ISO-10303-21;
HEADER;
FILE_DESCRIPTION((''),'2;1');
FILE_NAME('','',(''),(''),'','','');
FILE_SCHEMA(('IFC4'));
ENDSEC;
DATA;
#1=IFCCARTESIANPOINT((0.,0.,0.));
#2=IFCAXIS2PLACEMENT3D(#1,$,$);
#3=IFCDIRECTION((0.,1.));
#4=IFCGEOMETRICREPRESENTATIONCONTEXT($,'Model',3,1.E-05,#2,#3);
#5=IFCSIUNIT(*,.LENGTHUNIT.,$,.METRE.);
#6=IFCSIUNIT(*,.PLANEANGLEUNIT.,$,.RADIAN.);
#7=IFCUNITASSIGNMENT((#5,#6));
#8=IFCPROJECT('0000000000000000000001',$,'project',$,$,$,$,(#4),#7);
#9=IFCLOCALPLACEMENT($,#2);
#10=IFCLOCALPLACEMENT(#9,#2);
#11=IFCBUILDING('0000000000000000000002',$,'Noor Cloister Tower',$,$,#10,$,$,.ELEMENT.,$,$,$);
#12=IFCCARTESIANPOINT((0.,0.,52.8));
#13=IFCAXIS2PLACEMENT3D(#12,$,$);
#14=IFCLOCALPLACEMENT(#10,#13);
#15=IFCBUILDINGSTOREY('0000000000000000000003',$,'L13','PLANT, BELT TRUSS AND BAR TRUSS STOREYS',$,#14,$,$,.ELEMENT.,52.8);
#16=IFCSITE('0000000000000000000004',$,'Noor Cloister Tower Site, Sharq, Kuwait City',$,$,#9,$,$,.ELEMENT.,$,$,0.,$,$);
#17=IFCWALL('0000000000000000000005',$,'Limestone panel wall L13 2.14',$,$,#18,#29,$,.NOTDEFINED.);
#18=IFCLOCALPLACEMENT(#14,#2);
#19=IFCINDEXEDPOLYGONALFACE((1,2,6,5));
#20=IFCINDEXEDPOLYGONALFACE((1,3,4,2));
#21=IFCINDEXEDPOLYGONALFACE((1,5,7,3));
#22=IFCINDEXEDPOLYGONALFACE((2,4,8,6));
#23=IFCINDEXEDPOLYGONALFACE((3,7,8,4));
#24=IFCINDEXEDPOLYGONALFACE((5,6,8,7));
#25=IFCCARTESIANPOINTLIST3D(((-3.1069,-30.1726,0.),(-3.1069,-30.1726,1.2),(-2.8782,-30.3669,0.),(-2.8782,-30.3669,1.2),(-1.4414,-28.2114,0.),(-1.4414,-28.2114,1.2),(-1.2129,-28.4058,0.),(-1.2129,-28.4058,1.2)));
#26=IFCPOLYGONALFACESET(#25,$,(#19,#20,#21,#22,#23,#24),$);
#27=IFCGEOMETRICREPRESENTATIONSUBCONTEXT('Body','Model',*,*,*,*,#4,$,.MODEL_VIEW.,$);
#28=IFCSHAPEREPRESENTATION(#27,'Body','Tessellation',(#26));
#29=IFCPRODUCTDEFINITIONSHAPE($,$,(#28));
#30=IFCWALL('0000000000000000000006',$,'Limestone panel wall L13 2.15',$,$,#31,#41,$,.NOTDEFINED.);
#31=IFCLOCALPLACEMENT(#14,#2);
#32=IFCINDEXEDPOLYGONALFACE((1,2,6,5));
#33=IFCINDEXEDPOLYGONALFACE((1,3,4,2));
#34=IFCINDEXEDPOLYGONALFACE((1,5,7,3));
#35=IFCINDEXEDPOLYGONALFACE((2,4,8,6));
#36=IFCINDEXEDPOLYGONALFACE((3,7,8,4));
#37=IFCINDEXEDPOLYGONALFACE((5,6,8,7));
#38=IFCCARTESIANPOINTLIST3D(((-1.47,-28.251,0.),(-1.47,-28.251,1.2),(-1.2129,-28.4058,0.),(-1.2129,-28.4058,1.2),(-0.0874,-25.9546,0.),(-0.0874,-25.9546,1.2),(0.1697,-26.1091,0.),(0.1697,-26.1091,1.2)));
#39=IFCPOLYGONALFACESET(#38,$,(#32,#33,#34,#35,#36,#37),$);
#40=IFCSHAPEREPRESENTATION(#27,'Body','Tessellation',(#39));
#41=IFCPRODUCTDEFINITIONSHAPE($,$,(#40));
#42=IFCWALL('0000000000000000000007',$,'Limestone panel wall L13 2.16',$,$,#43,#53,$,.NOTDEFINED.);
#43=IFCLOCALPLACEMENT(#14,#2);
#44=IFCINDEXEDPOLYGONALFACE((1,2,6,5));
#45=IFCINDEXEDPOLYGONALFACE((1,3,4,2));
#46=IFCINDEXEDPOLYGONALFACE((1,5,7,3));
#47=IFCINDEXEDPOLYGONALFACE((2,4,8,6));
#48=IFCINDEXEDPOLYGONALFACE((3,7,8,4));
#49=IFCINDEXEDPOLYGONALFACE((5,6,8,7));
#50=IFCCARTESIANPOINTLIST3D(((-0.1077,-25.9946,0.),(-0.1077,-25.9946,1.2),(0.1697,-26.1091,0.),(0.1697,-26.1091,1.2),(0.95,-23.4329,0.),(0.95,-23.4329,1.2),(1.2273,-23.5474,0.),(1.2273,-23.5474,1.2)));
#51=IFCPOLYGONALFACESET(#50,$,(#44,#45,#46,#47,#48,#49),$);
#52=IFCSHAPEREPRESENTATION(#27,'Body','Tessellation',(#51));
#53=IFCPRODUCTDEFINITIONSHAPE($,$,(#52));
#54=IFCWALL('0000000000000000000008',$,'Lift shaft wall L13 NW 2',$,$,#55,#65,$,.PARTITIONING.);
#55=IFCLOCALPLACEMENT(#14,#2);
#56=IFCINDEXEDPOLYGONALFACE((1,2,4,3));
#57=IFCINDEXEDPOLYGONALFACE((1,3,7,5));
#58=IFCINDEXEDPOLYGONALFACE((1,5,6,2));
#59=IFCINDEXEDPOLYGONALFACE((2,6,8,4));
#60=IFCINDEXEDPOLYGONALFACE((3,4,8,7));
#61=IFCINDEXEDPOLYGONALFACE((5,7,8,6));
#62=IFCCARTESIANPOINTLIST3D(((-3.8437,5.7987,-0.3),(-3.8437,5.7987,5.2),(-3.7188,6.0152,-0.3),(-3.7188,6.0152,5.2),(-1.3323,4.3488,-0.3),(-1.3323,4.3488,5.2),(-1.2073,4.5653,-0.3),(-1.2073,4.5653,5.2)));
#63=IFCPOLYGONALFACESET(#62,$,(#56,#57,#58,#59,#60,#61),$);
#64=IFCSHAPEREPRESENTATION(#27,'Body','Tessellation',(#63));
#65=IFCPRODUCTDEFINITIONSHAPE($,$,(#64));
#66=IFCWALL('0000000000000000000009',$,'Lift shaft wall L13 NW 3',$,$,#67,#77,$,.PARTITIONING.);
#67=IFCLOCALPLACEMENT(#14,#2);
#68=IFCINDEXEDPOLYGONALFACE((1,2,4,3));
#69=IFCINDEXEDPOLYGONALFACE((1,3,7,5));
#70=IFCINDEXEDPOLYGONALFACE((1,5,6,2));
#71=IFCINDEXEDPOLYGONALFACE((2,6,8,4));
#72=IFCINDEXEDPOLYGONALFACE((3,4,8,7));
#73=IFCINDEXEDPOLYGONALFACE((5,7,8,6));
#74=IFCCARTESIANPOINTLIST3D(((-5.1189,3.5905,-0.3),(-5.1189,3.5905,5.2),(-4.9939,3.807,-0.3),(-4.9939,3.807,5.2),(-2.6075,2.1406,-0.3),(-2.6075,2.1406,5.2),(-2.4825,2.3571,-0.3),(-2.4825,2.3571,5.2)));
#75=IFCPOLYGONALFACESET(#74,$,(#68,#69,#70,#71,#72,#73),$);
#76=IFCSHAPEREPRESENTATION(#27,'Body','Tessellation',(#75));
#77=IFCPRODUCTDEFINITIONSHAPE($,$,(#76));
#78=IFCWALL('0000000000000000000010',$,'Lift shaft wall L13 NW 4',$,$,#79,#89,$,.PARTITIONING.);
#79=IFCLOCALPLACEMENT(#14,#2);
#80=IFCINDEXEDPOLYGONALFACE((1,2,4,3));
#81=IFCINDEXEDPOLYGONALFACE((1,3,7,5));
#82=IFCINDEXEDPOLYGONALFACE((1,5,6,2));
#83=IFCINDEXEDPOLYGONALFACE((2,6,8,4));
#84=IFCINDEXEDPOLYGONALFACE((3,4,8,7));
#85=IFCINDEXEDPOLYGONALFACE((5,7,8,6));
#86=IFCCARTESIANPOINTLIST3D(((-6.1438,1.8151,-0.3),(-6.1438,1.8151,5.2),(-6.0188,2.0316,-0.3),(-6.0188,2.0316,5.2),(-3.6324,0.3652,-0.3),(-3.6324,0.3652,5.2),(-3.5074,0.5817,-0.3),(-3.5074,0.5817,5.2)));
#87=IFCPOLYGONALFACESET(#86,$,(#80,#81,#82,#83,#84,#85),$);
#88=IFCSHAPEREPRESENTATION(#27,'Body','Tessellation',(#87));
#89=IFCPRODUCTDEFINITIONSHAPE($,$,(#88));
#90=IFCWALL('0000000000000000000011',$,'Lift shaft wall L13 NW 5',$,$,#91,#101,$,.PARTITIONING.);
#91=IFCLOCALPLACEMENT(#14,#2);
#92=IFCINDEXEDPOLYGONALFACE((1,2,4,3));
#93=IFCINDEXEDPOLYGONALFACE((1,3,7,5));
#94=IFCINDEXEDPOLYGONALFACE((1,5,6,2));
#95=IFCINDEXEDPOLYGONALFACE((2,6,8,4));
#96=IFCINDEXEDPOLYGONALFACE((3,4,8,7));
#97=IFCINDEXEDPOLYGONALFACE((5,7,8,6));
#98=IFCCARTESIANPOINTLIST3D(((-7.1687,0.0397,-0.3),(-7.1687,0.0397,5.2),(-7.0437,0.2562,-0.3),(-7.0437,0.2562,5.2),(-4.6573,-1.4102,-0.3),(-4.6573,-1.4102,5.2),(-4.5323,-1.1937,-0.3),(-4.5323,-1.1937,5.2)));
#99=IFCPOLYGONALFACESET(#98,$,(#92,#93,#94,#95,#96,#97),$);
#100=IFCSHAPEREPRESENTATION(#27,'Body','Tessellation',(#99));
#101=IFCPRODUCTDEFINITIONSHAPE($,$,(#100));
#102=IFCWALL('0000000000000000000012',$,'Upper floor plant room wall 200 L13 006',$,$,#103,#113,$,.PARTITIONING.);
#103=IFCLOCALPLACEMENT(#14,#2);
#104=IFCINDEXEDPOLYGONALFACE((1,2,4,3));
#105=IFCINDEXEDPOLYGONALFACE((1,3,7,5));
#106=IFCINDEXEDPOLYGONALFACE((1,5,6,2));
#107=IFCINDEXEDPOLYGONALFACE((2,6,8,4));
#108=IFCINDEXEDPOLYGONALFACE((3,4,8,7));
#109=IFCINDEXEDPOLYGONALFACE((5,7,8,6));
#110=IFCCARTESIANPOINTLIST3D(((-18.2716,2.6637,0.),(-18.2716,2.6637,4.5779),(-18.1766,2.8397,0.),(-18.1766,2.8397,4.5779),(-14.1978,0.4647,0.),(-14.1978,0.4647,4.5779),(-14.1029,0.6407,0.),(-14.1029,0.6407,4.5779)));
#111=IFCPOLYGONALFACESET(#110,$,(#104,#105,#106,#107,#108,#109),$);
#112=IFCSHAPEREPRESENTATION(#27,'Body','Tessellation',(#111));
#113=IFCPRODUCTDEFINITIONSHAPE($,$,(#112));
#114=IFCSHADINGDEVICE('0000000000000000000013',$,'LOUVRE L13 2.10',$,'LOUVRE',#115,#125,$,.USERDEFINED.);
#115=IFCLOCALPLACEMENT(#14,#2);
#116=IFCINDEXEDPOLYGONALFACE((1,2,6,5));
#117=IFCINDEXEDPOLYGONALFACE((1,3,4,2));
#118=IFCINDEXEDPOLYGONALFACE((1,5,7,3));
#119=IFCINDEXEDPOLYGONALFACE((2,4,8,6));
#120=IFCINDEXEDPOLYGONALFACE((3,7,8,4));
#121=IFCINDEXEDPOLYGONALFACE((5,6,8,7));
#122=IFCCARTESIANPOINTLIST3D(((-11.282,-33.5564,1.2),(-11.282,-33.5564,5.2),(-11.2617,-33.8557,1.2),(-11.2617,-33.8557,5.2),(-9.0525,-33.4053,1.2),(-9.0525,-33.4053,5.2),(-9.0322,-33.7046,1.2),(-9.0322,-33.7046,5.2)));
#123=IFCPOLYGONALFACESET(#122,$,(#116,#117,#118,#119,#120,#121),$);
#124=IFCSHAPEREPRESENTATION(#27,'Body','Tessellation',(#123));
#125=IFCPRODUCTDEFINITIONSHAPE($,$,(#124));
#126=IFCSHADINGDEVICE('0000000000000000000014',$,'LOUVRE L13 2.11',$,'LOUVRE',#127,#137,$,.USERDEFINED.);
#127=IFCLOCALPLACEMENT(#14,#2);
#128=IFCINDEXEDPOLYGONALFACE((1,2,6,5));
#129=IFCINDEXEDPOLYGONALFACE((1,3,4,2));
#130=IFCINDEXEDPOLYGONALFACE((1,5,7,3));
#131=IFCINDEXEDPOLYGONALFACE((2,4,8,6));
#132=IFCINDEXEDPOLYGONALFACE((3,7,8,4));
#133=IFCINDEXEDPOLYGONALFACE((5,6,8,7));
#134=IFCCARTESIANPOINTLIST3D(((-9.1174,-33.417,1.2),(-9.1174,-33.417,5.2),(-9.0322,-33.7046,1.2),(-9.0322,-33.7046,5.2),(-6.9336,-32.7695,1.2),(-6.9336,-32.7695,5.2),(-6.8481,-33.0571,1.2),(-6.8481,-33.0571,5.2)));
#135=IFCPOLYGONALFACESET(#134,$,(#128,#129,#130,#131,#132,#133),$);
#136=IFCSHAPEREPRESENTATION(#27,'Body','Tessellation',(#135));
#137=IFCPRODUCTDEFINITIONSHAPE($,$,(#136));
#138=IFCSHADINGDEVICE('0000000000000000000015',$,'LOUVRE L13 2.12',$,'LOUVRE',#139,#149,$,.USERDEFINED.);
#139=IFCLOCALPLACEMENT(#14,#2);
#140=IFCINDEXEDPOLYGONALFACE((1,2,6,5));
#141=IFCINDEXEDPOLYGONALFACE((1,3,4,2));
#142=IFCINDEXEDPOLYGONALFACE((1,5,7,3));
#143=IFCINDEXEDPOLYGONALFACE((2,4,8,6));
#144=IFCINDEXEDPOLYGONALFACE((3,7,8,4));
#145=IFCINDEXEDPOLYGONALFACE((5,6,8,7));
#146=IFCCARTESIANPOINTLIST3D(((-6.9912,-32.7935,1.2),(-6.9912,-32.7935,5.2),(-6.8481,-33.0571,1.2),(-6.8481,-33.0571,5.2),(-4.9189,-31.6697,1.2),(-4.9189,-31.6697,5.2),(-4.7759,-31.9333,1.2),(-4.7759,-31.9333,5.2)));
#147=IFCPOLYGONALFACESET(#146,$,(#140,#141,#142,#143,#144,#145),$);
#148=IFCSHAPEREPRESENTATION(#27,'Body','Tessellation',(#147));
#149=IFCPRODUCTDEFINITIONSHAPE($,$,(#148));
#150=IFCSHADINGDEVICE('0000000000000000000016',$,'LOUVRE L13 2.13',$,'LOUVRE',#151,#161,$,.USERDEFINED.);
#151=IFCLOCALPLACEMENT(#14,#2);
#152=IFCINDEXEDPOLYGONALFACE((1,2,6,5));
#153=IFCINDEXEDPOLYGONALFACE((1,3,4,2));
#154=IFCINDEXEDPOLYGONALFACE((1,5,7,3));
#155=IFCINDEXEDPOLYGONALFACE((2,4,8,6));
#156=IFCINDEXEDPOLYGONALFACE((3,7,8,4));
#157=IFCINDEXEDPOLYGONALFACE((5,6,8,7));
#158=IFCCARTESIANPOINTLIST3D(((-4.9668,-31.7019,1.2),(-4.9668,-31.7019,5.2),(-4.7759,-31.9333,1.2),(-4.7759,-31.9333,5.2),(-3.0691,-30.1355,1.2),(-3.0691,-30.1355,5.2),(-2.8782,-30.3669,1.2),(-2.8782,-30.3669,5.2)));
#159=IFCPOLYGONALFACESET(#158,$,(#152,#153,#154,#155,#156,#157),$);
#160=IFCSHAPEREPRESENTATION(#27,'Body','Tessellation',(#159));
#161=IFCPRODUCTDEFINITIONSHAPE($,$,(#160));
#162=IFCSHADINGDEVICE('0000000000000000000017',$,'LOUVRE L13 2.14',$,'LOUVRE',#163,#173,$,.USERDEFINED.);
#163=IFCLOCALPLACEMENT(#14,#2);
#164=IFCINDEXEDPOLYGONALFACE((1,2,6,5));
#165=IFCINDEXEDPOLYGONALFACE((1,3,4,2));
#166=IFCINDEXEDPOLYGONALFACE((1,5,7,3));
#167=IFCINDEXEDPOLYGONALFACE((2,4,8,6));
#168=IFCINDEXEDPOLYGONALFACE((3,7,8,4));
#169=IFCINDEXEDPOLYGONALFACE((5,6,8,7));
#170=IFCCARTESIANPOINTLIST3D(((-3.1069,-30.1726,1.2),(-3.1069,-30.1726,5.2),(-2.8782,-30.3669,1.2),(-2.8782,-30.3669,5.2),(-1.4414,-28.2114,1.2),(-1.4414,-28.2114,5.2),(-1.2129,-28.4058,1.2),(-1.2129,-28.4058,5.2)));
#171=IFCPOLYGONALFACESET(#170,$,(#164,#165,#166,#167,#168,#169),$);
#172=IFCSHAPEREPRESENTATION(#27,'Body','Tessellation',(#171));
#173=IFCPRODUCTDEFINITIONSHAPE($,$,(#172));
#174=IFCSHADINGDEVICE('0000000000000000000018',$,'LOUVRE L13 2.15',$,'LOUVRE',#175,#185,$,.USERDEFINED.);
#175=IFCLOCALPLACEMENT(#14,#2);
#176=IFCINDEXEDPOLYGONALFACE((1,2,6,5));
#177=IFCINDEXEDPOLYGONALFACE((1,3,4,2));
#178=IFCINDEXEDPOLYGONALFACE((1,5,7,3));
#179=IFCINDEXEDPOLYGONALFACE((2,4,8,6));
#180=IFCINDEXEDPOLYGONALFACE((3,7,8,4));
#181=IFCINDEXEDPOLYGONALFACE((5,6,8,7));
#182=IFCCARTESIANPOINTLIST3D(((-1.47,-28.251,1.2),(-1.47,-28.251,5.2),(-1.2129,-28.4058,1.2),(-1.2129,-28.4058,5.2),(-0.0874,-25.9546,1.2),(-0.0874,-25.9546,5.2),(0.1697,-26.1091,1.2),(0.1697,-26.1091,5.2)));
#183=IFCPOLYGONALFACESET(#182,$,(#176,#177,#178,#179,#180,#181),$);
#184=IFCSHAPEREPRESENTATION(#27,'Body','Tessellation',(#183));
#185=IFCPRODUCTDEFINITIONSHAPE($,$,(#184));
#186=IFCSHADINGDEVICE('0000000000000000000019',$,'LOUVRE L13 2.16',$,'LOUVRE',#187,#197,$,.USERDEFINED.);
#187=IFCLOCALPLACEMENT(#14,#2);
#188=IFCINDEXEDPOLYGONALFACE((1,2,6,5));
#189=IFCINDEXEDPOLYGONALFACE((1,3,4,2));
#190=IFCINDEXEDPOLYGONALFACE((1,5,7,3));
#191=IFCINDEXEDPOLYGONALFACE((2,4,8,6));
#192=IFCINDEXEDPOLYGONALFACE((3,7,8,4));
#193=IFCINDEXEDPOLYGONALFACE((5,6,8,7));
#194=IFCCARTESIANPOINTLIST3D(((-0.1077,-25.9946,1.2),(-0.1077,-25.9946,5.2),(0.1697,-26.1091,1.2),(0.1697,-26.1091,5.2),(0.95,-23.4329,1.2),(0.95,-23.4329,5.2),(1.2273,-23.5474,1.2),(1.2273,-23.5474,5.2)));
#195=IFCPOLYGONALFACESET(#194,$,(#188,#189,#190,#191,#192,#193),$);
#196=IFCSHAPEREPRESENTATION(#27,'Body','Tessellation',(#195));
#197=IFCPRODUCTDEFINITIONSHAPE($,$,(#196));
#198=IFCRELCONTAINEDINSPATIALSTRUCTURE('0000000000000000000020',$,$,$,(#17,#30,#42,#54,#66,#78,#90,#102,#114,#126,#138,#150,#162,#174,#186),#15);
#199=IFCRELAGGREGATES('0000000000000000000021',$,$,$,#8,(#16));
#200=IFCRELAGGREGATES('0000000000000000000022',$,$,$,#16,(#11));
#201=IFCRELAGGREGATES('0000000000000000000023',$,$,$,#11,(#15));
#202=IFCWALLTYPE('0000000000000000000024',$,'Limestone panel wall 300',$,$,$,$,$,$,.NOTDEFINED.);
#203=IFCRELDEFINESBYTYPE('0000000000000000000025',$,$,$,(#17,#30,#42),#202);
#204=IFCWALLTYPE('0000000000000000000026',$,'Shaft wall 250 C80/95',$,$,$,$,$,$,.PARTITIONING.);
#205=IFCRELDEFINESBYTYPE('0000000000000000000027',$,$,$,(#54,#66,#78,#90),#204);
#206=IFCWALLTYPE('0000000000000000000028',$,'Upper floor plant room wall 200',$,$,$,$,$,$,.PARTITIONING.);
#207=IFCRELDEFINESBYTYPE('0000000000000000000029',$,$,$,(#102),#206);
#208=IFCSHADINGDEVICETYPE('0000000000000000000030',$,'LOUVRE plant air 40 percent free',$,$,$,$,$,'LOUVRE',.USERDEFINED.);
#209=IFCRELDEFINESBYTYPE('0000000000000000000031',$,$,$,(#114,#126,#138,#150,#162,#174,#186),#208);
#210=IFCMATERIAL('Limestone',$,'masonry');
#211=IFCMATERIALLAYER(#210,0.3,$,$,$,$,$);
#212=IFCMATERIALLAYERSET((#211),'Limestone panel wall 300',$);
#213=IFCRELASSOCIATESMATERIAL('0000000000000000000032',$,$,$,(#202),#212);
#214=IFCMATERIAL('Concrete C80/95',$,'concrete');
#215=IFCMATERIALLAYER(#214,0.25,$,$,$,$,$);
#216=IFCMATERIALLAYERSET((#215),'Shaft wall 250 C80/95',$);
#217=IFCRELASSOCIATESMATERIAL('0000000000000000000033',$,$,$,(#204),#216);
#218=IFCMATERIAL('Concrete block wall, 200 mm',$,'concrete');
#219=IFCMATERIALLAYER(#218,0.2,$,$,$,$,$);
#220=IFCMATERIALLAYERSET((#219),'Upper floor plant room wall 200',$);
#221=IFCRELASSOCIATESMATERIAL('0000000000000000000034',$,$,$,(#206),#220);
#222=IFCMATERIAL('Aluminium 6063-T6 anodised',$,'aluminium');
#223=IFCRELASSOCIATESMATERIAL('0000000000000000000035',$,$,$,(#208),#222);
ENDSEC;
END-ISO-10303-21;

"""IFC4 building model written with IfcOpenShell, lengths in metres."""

from ifc_helpers import new_model, si_unit, direction, frame, frame_2d, origin, place, context, subcontext, project, spatial, polyline, rectangle, outline, extrude, material, layer, layer_set, type_object, element, save


model = new_model("IFC4")

# Units and contexts
model_context = context("Model", 3, precision=1e-05, world=origin(), true_north=direction((0.0, 1.0)))
body_context = subcontext(model_context, "Body", "Model", "MODEL_VIEW")
ifc_project = project(units=[si_unit("LENGTHUNIT", "METRE"), si_unit("PLANEANGLEUNIT", "RADIAN")], contexts=[model_context])

# Site, building, storey
site_placement = place(None, origin())
site = spatial("IfcSite", under=ifc_project, at=site_placement, Name="Noor Cloister Tower Site, Sharq, Kuwait City", CompositionType="ELEMENT", RefElevation=0.0)
building_placement = place(site_placement, origin())
building = spatial("IfcBuilding", under=site, at=building_placement, Name="Noor Cloister Tower", CompositionType="ELEMENT")
storey_placement = place(building_placement, frame((0.0, 0.0, 52.8)))
storey = spatial("IfcBuildingStorey", under=building, at=storey_placement, Name="L13", Description="PLANT, BELT TRUSS AND BAR TRUSS STOREYS", CompositionType="ELEMENT", Elevation=52.8)

# Walls
ifc_material_1 = material(Name="Limestone", Category="masonry")
ifc_layer_1 = layer(ifc_material_1, 0.3)
ifc_layer_set_1 = layer_set([ifc_layer_1], Name="Limestone panel wall 300")
wall_type_1 = type_object("IfcWallType", Name="Limestone panel wall 300", PredefinedType="NOTDEFINED", material=ifc_layer_set_1)
wall_1_placement = place(storey_placement, origin())
element("IfcWall", 1, at=wall_1_placement, inside=storey, type_object=wall_type_1, Name="Limestone panel wall L13 2.14", PredefinedType="NOTDEFINED", context=body_context, shape_type="SweptSolid", body=[
    extrude(outline(polyline([(-2.8782, -30.3669), (-1.2129, -28.4058), (-1.4414, -28.2114), (-3.1069, -30.1726), (-2.8782, -30.3669)])), origin(), (0.0, 0.0, 1.0), 1.2),
])
wall_2_placement = place(storey_placement, origin())
element("IfcWall", 2, at=wall_2_placement, inside=storey, type_object=wall_type_1, Name="Limestone panel wall L13 2.15", PredefinedType="NOTDEFINED", context=body_context, shape_type="SweptSolid", body=[
    extrude(outline(polyline([(-1.2129, -28.4058), (0.1697, -26.1091), (-0.0874, -25.9546), (-1.47, -28.251), (-1.2129, -28.4058)])), origin(), (0.0, 0.0, 1.0), 1.2),
])
wall_3_placement = place(storey_placement, origin())
element("IfcWall", 3, at=wall_3_placement, inside=storey, type_object=wall_type_1, Name="Limestone panel wall L13 2.16", PredefinedType="NOTDEFINED", context=body_context, shape_type="SweptSolid", body=[
    extrude(outline(polyline([(0.1697, -26.1091), (1.2273, -23.5474), (0.95, -23.4329), (-0.1077, -25.9946), (0.1697, -26.1091)])), origin(), (0.0, 0.0, 1.0), 1.2),
])
ifc_material_2 = material(Name="Concrete C80/95", Category="concrete")
ifc_layer_2 = layer(ifc_material_2, 0.25)
ifc_layer_set_2 = layer_set([ifc_layer_2], Name="Shaft wall 250 C80/95")
wall_type_2 = type_object("IfcWallType", Name="Shaft wall 250 C80/95", PredefinedType="PARTITIONING", material=ifc_layer_set_2)
for number, where, z_axis, x_axis, name in (
    (4, (-3.7812, 5.907, -0.3), (0.0, 0.0, 1.0), (0.866033, -0.499987, 0.0), "Lift shaft wall L13 NW 2"),
    (5, (-5.0564, 3.6987, -0.3), (0.0, 0.0, 1.0), (0.866033, -0.499987, 0.0), "Lift shaft wall L13 NW 3"),
    (6, (-6.0813, 1.9233, -0.3), (0.0, 0.0, 1.0), (0.866033, -0.499987, 0.0), "Lift shaft wall L13 NW 4"),
    (7, (-7.1062, 0.1479, -0.3), (0.0, 0.0, 1.0), (0.866033, -0.499987, 0.0), "Lift shaft wall L13 NW 5"),
):
    element("IfcWall", number, at=place(storey_placement, frame(where, z_axis=z_axis, x_axis=x_axis)), inside=storey, type_object=wall_type_2, Name=name, PredefinedType="PARTITIONING", context=body_context, shape_type="SweptSolid", body=[
        extrude(rectangle(XDim=2.8999, YDim=0.25, at=frame_2d((1.45, 0.0))), origin(), (0.0, 0.0, 1.0), 5.5),
    ])
ifc_material_3 = material(Name="Concrete block wall, 200 mm", Category="concrete")
ifc_layer_3 = layer(ifc_material_3, 0.2)
ifc_layer_set_3 = layer_set([ifc_layer_3], Name="Upper floor plant room wall 200")
wall_type_3 = type_object("IfcWallType", Name="Upper floor plant room wall 200", PredefinedType="PARTITIONING", material=ifc_layer_set_3)
wall_4_placement = place(storey_placement, frame((-18.2241, 2.7517, 0.0), z_axis=(0.0, 0.0, 1.0), x_axis=(0.879981, -0.475008, 0.0)))
element("IfcWall", 8, at=wall_4_placement, inside=storey, type_object=wall_type_3, Name="Upper floor plant room wall 200 L13 006", PredefinedType="PARTITIONING", context=body_context, shape_type="SweptSolid", body=[
    extrude(rectangle(XDim=4.6294, YDim=0.2, at=frame_2d((2.3147, 0.0))), origin(), (0.0, 0.0, 1.0), 4.5779),
])

# Shading devices
ifc_material_4 = material(Name="Aluminium 6063-T6 anodised", Category="aluminium")
shading_device_type = type_object("IfcShadingDeviceType", Name="LOUVRE plant air 40 percent free", ElementType="LOUVRE", PredefinedType="USERDEFINED", material=ifc_material_4)
shading_device_1_placement = place(storey_placement, frame((0.0, 0.0, 1.2)))
element("IfcShadingDevice", 9, at=shading_device_1_placement, inside=storey, type_object=shading_device_type, Name="LOUVRE L13 2.10", ObjectType="LOUVRE", PredefinedType="USERDEFINED", context=body_context, shape_type="SweptSolid", body=[
    extrude(outline(polyline([(-11.2617, -33.8557), (-9.0322, -33.7046), (-9.0525, -33.4053), (-11.282, -33.5564), (-11.2617, -33.8557)])), origin(), (0.0, 0.0, 1.0), 4.0),
])
shading_device_2_placement = place(storey_placement, frame((0.0, 0.0, 1.2)))
element("IfcShadingDevice", 10, at=shading_device_2_placement, inside=storey, type_object=shading_device_type, Name="LOUVRE L13 2.11", ObjectType="LOUVRE", PredefinedType="USERDEFINED", context=body_context, shape_type="SweptSolid", body=[
    extrude(outline(polyline([(-9.0322, -33.7046), (-6.8481, -33.0571), (-6.9336, -32.7695), (-9.1174, -33.417), (-9.0322, -33.7046)])), origin(), (0.0, 0.0, 1.0), 4.0),
])
shading_device_3_placement = place(storey_placement, frame((0.0, 0.0, 1.2)))
element("IfcShadingDevice", 11, at=shading_device_3_placement, inside=storey, type_object=shading_device_type, Name="LOUVRE L13 2.12", ObjectType="LOUVRE", PredefinedType="USERDEFINED", context=body_context, shape_type="SweptSolid", body=[
    extrude(outline(polyline([(-6.8481, -33.0571), (-4.7759, -31.9333), (-4.9189, -31.6697), (-6.9912, -32.7935), (-6.8481, -33.0571)])), origin(), (0.0, 0.0, 1.0), 4.0),
])
shading_device_4_placement = place(storey_placement, frame((0.0, 0.0, 1.2)))
element("IfcShadingDevice", 12, at=shading_device_4_placement, inside=storey, type_object=shading_device_type, Name="LOUVRE L13 2.13", ObjectType="LOUVRE", PredefinedType="USERDEFINED", context=body_context, shape_type="SweptSolid", body=[
    extrude(outline(polyline([(-4.7759, -31.9333), (-2.8782, -30.3669), (-3.0691, -30.1355), (-4.9668, -31.7019), (-4.7759, -31.9333)])), origin(), (0.0, 0.0, 1.0), 4.0),
])
shading_device_5_placement = place(storey_placement, frame((0.0, 0.0, 1.2)))
element("IfcShadingDevice", 13, at=shading_device_5_placement, inside=storey, type_object=shading_device_type, Name="LOUVRE L13 2.14", ObjectType="LOUVRE", PredefinedType="USERDEFINED", context=body_context, shape_type="SweptSolid", body=[
    extrude(outline(polyline([(-2.8782, -30.3669), (-1.2129, -28.4058), (-1.4414, -28.2114), (-3.1069, -30.1726), (-2.8782, -30.3669)])), origin(), (0.0, 0.0, 1.0), 4.0),
])
shading_device_6_placement = place(storey_placement, frame((0.0, 0.0, 1.2)))
element("IfcShadingDevice", 14, at=shading_device_6_placement, inside=storey, type_object=shading_device_type, Name="LOUVRE L13 2.15", ObjectType="LOUVRE", PredefinedType="USERDEFINED", context=body_context, shape_type="SweptSolid", body=[
    extrude(outline(polyline([(-1.2129, -28.4058), (0.1697, -26.1091), (-0.0874, -25.9546), (-1.47, -28.251), (-1.2129, -28.4058)])), origin(), (0.0, 0.0, 1.0), 4.0),
])
shading_device_7_placement = place(storey_placement, frame((0.0, 0.0, 1.2)))
element("IfcShadingDevice", 15, at=shading_device_7_placement, inside=storey, type_object=shading_device_type, Name="LOUVRE L13 2.16", ObjectType="LOUVRE", PredefinedType="USERDEFINED", context=body_context, shape_type="SweptSolid", body=[
    extrude(outline(polyline([(0.1697, -26.1091), (1.2273, -23.5474), (0.95, -23.4329), (-0.1077, -25.9946), (0.1697, -26.1091)])), origin(), (0.0, 0.0, 1.0), 4.0),
])

save(model, "model.ifc")
